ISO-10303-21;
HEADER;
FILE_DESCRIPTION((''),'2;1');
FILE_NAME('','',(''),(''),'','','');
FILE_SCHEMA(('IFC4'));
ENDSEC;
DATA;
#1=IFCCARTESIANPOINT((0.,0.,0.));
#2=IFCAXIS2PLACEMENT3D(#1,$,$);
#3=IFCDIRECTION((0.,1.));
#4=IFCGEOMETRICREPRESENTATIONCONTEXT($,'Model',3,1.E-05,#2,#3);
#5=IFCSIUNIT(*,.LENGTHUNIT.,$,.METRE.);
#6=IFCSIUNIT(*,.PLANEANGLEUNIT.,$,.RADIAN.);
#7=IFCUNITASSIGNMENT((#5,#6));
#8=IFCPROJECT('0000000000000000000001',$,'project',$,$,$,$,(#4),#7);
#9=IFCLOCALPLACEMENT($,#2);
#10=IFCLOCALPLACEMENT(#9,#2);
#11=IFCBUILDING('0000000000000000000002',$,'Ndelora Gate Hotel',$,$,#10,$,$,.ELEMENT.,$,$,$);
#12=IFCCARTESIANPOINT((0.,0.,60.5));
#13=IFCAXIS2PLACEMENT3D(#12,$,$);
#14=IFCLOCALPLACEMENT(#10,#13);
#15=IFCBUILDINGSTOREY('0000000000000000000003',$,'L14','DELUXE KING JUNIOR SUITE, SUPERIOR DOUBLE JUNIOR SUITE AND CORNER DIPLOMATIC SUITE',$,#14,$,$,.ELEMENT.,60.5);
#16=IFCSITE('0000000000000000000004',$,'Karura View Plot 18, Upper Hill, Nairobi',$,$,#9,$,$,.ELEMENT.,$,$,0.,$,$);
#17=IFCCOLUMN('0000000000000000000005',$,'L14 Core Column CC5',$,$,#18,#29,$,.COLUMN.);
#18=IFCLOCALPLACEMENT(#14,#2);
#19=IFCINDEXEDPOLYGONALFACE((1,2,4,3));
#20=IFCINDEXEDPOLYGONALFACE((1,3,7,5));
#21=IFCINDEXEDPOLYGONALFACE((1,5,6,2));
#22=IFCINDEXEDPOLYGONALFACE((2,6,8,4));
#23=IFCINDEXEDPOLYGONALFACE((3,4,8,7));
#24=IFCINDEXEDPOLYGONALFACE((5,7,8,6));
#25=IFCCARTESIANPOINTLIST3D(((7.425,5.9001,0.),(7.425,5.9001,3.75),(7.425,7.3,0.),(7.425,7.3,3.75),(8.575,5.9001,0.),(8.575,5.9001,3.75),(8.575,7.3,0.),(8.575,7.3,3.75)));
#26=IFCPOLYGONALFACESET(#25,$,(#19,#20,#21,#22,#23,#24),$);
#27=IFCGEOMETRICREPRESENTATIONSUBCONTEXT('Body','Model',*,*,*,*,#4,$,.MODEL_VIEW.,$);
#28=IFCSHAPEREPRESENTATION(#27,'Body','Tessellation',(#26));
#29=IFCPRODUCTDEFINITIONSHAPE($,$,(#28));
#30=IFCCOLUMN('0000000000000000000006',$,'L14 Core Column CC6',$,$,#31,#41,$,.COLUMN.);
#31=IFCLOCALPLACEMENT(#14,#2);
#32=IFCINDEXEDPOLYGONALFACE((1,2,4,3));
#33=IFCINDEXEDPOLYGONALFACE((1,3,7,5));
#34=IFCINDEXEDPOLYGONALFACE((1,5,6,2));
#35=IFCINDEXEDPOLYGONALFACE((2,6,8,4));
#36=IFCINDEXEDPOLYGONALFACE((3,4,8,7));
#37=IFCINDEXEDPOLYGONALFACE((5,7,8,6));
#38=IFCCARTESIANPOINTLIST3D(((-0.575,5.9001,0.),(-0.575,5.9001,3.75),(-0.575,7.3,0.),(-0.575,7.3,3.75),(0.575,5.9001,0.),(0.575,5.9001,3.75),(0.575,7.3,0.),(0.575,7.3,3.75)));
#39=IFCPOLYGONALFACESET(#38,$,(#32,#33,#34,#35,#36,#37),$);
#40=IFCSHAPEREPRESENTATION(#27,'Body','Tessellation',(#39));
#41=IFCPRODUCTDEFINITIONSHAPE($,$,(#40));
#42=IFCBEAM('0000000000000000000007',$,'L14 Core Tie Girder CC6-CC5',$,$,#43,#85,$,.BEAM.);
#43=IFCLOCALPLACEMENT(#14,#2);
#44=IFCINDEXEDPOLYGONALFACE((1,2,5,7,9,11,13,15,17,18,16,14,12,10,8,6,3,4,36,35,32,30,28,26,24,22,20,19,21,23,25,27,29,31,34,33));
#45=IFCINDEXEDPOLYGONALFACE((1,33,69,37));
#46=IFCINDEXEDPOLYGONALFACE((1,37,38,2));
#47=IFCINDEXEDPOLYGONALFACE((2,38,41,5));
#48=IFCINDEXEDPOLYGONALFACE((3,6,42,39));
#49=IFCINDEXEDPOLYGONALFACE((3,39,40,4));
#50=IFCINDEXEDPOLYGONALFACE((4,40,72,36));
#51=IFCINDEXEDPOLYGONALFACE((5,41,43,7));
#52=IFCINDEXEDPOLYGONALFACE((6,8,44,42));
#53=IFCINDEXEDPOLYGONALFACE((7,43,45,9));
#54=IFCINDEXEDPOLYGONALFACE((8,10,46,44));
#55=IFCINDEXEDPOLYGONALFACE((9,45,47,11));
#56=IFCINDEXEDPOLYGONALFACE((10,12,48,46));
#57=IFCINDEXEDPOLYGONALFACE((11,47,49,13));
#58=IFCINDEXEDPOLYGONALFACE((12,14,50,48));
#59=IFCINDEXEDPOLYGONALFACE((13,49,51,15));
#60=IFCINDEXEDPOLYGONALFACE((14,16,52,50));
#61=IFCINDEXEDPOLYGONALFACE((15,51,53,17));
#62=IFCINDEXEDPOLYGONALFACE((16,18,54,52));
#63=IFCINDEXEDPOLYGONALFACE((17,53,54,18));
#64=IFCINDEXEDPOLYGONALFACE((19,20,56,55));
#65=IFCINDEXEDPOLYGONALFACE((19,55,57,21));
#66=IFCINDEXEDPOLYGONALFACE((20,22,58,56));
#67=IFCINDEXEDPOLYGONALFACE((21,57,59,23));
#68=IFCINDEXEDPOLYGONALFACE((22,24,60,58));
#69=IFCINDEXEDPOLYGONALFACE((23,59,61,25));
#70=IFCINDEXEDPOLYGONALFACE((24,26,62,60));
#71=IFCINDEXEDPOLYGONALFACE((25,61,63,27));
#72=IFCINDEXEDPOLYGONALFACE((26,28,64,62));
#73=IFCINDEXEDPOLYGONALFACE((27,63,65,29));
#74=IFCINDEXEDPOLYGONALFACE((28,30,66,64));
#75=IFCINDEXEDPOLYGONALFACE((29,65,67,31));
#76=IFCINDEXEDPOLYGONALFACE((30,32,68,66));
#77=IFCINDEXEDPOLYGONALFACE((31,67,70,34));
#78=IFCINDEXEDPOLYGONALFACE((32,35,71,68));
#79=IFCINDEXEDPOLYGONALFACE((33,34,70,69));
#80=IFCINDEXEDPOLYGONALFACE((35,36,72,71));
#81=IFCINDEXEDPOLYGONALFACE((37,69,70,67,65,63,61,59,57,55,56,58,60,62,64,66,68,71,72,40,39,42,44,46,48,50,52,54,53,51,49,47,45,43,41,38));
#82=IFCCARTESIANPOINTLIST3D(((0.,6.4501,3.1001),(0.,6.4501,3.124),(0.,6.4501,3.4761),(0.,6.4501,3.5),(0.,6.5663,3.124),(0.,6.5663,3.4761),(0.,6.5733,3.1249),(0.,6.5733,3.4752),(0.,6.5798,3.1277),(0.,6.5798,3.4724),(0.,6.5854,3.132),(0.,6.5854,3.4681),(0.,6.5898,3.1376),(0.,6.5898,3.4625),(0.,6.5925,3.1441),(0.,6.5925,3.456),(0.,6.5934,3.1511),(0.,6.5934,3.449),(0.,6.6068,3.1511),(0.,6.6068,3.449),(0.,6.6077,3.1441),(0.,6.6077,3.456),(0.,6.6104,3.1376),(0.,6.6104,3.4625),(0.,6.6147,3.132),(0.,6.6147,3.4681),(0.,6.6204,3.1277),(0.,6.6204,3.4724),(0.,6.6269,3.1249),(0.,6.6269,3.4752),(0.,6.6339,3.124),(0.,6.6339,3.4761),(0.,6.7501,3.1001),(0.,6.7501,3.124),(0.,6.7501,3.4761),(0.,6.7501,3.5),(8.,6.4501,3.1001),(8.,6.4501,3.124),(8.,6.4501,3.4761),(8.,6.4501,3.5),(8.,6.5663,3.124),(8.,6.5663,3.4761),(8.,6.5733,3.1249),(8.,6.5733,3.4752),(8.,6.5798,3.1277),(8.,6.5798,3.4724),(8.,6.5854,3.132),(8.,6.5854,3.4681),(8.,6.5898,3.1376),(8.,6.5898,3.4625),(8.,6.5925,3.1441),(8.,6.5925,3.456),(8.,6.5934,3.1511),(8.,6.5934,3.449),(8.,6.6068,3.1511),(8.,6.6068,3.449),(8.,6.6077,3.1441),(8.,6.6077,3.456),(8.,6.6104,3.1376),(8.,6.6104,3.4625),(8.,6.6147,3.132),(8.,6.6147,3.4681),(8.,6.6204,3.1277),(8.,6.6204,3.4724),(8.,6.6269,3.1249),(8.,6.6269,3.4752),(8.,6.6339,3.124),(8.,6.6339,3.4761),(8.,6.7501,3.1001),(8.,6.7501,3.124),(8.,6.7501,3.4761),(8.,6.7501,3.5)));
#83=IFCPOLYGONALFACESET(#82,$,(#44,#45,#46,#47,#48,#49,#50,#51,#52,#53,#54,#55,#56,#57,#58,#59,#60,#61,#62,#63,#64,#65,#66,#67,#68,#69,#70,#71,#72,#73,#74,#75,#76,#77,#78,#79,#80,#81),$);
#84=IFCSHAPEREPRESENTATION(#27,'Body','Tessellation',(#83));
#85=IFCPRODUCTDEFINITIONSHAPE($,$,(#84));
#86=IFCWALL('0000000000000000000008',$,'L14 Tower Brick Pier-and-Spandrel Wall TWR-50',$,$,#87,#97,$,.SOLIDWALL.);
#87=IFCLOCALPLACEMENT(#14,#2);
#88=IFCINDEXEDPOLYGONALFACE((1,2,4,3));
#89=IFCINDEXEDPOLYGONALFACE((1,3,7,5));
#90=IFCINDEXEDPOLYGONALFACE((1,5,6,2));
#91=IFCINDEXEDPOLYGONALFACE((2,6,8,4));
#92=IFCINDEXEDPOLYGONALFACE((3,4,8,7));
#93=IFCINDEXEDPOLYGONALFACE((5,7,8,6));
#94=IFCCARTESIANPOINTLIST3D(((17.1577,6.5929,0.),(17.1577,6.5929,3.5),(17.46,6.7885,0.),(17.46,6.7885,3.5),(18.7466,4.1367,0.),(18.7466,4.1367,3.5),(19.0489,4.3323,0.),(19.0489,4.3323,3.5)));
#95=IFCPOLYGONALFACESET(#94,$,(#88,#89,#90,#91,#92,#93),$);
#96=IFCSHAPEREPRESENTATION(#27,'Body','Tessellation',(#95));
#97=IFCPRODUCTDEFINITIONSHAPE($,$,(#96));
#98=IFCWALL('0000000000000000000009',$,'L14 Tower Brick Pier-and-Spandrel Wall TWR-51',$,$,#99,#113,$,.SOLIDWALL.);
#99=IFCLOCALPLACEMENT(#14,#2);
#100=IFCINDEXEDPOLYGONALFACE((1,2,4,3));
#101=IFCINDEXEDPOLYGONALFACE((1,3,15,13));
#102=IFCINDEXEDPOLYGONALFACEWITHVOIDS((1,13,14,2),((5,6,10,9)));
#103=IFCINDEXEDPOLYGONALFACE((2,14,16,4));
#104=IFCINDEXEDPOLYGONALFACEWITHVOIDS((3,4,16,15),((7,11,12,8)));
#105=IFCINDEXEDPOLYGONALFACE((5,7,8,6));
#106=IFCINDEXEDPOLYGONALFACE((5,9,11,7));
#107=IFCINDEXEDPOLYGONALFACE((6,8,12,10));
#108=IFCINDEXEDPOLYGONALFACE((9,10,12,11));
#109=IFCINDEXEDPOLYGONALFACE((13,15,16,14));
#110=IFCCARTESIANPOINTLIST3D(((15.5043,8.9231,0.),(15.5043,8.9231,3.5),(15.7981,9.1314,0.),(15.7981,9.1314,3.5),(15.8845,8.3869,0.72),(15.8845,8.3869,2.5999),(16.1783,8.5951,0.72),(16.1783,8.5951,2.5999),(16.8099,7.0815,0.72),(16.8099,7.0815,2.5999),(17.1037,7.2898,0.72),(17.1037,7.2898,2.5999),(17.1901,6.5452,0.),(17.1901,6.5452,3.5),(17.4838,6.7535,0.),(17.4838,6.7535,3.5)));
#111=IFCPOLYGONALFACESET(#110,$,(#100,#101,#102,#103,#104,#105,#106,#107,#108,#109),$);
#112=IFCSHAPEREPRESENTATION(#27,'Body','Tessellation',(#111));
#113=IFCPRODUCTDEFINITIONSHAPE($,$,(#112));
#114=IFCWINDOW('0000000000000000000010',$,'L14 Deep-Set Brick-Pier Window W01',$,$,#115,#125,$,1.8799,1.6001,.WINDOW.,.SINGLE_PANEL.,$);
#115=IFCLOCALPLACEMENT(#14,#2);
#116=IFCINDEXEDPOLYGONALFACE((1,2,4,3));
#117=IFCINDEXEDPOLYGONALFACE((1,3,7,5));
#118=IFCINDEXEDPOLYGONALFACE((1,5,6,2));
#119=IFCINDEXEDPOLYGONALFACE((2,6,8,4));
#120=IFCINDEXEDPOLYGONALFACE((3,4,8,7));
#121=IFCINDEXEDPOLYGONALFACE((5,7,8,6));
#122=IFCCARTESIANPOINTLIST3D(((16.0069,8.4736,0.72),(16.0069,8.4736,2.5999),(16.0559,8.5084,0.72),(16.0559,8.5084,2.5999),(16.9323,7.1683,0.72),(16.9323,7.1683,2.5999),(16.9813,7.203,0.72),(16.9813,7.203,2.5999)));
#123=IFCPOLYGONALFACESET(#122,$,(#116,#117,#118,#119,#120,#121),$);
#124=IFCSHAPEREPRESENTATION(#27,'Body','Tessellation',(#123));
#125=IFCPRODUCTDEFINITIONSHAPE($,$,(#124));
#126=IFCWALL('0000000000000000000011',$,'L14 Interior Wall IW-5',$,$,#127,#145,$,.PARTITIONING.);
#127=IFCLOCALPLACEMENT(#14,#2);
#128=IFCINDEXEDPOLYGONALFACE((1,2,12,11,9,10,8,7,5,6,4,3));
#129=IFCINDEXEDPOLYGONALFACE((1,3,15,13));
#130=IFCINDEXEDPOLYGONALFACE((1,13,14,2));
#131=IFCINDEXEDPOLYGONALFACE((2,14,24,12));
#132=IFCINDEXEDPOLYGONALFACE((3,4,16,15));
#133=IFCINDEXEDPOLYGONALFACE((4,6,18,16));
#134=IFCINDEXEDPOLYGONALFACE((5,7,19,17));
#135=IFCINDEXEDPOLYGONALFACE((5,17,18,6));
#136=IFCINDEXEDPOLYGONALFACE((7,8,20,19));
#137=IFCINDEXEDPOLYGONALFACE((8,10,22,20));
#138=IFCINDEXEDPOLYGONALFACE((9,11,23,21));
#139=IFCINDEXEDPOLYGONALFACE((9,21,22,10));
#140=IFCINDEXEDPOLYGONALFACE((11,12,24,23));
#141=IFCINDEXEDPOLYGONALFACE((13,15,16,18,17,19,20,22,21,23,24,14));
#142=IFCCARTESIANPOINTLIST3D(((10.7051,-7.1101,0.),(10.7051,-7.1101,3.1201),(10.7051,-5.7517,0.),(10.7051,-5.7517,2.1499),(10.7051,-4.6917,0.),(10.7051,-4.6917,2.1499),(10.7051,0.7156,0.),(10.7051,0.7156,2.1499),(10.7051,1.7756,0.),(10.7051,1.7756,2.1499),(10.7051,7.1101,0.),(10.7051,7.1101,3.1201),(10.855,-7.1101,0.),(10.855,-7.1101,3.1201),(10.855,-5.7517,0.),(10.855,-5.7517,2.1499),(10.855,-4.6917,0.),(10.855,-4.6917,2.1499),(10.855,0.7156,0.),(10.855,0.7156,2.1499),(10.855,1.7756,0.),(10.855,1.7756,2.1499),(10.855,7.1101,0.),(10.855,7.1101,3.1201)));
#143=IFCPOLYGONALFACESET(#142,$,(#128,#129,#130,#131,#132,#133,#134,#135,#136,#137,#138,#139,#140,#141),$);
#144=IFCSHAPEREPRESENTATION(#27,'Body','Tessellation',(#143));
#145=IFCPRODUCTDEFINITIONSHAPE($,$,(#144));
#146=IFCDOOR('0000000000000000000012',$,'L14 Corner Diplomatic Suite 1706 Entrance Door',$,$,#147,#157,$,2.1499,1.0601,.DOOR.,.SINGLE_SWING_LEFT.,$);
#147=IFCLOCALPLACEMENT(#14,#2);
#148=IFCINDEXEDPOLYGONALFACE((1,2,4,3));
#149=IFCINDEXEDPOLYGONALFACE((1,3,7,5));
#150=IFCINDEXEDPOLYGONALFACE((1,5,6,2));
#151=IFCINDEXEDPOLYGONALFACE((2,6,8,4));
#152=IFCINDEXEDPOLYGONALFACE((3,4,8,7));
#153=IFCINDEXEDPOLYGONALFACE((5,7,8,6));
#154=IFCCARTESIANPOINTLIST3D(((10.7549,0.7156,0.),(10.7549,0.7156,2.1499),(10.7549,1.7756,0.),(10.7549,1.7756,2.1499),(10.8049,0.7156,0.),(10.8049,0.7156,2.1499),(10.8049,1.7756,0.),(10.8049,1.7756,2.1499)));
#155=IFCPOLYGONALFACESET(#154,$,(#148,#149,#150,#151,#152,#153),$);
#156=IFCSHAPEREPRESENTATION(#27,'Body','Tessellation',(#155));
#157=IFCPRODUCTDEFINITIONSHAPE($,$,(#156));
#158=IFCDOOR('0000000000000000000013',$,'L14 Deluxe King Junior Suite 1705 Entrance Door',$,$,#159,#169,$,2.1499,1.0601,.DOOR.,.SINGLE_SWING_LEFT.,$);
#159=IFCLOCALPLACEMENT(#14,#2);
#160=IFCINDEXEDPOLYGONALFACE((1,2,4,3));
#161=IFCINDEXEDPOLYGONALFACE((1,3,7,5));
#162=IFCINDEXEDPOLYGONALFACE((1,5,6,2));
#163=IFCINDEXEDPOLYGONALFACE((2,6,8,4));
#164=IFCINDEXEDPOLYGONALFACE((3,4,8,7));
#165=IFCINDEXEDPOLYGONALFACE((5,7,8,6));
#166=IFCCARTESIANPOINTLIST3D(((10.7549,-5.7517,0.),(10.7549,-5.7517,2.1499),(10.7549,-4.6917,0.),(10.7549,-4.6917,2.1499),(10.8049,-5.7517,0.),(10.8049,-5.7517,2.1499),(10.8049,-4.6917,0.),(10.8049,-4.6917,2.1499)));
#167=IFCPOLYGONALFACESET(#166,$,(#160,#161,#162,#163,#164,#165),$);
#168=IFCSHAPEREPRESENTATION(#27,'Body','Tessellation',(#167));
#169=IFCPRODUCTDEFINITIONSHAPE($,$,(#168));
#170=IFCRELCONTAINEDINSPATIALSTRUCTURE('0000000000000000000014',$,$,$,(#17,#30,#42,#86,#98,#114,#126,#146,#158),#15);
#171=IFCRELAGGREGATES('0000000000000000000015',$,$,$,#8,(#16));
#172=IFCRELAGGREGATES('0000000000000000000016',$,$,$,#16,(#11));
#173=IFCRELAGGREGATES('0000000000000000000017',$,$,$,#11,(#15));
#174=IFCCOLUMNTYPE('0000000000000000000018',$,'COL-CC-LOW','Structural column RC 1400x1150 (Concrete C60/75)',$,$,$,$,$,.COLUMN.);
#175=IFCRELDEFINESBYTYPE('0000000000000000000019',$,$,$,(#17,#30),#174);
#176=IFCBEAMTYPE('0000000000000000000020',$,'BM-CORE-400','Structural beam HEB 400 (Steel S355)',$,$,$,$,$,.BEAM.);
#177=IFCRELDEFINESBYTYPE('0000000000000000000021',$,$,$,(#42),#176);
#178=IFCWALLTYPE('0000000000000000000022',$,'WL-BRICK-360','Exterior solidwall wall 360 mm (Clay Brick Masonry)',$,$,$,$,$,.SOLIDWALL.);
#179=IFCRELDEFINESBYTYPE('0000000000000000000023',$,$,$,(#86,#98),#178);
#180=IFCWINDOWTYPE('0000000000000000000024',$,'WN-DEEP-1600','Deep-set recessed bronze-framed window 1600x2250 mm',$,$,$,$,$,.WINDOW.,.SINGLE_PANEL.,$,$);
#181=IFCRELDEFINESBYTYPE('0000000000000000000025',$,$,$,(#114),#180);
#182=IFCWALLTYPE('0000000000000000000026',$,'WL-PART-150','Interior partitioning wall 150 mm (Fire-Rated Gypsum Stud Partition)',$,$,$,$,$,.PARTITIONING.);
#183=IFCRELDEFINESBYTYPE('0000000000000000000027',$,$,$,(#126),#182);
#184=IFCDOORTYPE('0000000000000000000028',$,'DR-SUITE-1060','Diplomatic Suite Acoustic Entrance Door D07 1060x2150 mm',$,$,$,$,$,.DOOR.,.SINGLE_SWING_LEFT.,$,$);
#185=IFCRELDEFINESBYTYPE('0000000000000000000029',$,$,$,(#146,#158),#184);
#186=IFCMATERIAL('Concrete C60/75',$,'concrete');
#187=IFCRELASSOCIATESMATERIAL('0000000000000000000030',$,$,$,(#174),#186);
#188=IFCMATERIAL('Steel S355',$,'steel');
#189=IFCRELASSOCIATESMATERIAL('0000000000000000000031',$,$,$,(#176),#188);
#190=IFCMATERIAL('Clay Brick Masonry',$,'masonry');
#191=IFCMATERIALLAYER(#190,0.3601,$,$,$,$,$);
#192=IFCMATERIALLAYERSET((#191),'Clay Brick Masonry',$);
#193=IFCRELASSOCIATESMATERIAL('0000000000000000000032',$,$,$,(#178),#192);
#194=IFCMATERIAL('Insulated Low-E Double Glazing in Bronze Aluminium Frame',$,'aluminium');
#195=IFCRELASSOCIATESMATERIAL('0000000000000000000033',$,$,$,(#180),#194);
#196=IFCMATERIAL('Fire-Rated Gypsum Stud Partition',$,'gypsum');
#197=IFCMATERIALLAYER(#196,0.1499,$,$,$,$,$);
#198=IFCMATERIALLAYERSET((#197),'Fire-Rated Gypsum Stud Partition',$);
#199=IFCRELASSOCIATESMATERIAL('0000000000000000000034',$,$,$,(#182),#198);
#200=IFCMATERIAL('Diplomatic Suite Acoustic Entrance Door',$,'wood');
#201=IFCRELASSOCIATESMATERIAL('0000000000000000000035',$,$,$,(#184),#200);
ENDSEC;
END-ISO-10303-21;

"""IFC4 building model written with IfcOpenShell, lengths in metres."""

from ifc_helpers import new_model, si_unit, direction, frame, frame_2d, origin, origin_2d, place, context, subcontext, project, spatial, rectangle, i_section, extrude, material, layer, layer_set, material_profile, profile_set, type_object, element, fill, save


model = new_model("IFC4")

# Units and contexts
model_context = context("Model", 3, precision=1e-05, world=origin(), true_north=direction((0.0, 1.0)))
body_context = subcontext(model_context, "Body", "Model", "MODEL_VIEW")
ifc_project = project(units=[si_unit("LENGTHUNIT", "METRE"), si_unit("PLANEANGLEUNIT", "RADIAN")], contexts=[model_context])

# Site, building, storey
site_placement = place(None, origin())
site = spatial("IfcSite", under=ifc_project, at=site_placement, Name="Karura View Plot 18, Upper Hill, Nairobi", CompositionType="ELEMENT", RefElevation=0.0)
building_placement = place(site_placement, origin())
building = spatial("IfcBuilding", under=site, at=building_placement, Name="Ndelora Gate Hotel", CompositionType="ELEMENT")
storey_placement = place(building_placement, frame((0.0, 0.0, 60.5)))
storey = spatial("IfcBuildingStorey", under=building, at=storey_placement, Name="L14", Description="DELUXE KING JUNIOR SUITE, SUPERIOR DOUBLE JUNIOR SUITE AND CORNER DIPLOMATIC SUITE", CompositionType="ELEMENT", Elevation=60.5)

# Columns
ifc_material_1 = material(Name="Concrete C60/75", Category="concrete")
ifc_material_profile_1 = material_profile(ifc_material_1, rectangle(XDim=1.1499, YDim=1.3999, at=origin_2d()), Name="RC 1400x1150")
ifc_profile_set_1 = profile_set([ifc_material_profile_1], Name="Concrete C60/75")
column_type = type_object("IfcColumnType", Name="COL-CC-LOW", Description="Structural column RC 1400x1150 (Concrete C60/75)", PredefinedType="COLUMN", material=ifc_profile_set_1)
for number, where, z_axis, x_axis, name in (
    (1, (8.0, 6.6001, 0.0), (0.0, 0.0, 1.0), (1.0, 0.0, 0.0), "L14 Core Column CC5"),
    (2, (0.0, 6.6001, 0.0), (0.0, 0.0, 1.0), (1.0, 0.0, 0.0), "L14 Core Column CC6"),
):
    element("IfcColumn", number, at=place(storey_placement, frame(where, z_axis=z_axis, x_axis=x_axis)), inside=storey, type_object=column_type, Name=name, PredefinedType="COLUMN", context=body_context, shape_type="SweptSolid", body=[
        extrude(rectangle(XDim=1.1499, YDim=1.3999, at=origin_2d()), origin(), (0.0, 0.0, 1.0), 3.75),
    ])

# Beam
ifc_material_2 = material(Name="Steel S355", Category="steel")
ifc_material_profile_2 = material_profile(ifc_material_2, i_section(OverallWidth=0.3, OverallDepth=0.3999, WebThickness=0.0134, FlangeThickness=0.0239, FilletRadius=0.0271, at=origin_2d()), Name="HEB 400")
ifc_profile_set_2 = profile_set([ifc_material_profile_2], Name="Steel S355")
beam_type = type_object("IfcBeamType", Name="BM-CORE-400", Description="Structural beam HEB 400 (Steel S355)", PredefinedType="BEAM", material=ifc_profile_set_2)
beam_placement = place(storey_placement, frame((0.0, 6.6001, 3.3), z_axis=(1.0, 0.0, 0.0), x_axis=(0.0, 1.0, 0.0)))
element("IfcBeam", 3, at=beam_placement, inside=storey, type_object=beam_type, Name="L14 Core Tie Girder CC6-CC5", PredefinedType="BEAM", context=body_context, shape_type="SweptSolid", body=[
    extrude(i_section(OverallWidth=0.3, OverallDepth=0.3999, WebThickness=0.0134, FlangeThickness=0.0239, FilletRadius=0.0271, at=origin_2d()), origin(), (0.0, 0.0, 1.0), 8.0),
])

# Wall
ifc_material_3 = material(Name="Clay Brick Masonry", Category="masonry")
ifc_layer_1 = layer(ifc_material_3, 0.3601)
ifc_layer_set_1 = layer_set([ifc_layer_1], Name="Clay Brick Masonry")
wall_type_1 = type_object("IfcWallType", Name="WL-BRICK-360", Description="Exterior solidwall wall 360 mm (Clay Brick Masonry)", PredefinedType="SOLIDWALL", material=ifc_layer_set_1)
wall_1_placement = place(storey_placement, frame((17.3088, 6.6907, 0.0), z_axis=(0.0, 0.0, 1.0), x_axis=(0.543168, -0.839624, 0.0)))
element("IfcWall", 4, at=wall_1_placement, inside=storey, type_object=wall_type_1, Name="L14 Tower Brick Pier-and-Spandrel Wall TWR-50", PredefinedType="SOLIDWALL", context=body_context, shape_type="SweptSolid", body=[
    extrude(rectangle(XDim=2.9253, YDim=0.3601, at=frame_2d((1.4626, 0.0))), origin(), (0.0, 0.0, 1.0), 3.5),
])

# Wall, opening, window
wall_2_placement = place(storey_placement, frame((15.6511, 9.0273, 0.0), z_axis=(0.0, 0.0, 1.0), x_axis=(0.578343, -0.815794, 0.0)))
wall_2 = element("IfcWall", 5, at=wall_2_placement, inside=storey, type_object=wall_type_1, Name="L14 Tower Brick Pier-and-Spandrel Wall TWR-51", PredefinedType="SOLIDWALL", context=body_context, shape_type="SweptSolid", body=[
    extrude(rectangle(XDim=2.9148, YDim=0.3601, at=frame_2d((1.4575, 0.0))), origin(), (0.0, 0.0, 1.0), 3.5),
])
opening_1_placement = place(wall_2_placement, frame((0.6575, 0.0, 0.72)))
opening_1 = element("IfcOpeningElement", 6, at=opening_1_placement, cuts=wall_2, PredefinedType="OPENING", context=body_context, shape_type="SweptSolid", body=[
    extrude(rectangle(XDim=1.6001, YDim=1.8799, at=frame_2d((0.8, 0.9399))), frame((0.0, 0.1899, 0.0), z_axis=(0.0, -1.0, 0.0), x_axis=(1.0, 0.0, 0.0)), (0.0, 0.0, 1.0), 0.3801),
])
ifc_material_4 = material(Name="Insulated Low-E Double Glazing in Bronze Aluminium Frame", Category="aluminium")
window_type = type_object("IfcWindowType", Name="WN-DEEP-1600", Description="Deep-set recessed bronze-framed window 1600x2250 mm", PartitioningType="SINGLE_PANEL", PredefinedType="WINDOW", material=ifc_material_4)
window_placement = place(opening_1_placement, origin())
window = element("IfcWindow", 7, at=window_placement, inside=storey, type_object=window_type, Name="L14 Deep-Set Brick-Pier Window W01", OverallHeight=1.8799, OverallWidth=1.6001, PartitioningType="SINGLE_PANEL", PredefinedType="WINDOW", context=body_context, shape_type="SweptSolid", body=[
    extrude(rectangle(XDim=1.6001, YDim=1.8799, at=frame_2d((0.8, 0.9399))), frame((0.0, 0.03, 0.0), z_axis=(0.0, -1.0, 0.0), x_axis=(1.0, 0.0, 0.0)), (0.0, 0.0, 1.0), 0.0601),
])
fill(opening_1, window)

# Wall, openings, doors
ifc_material_5 = material(Name="Fire-Rated Gypsum Stud Partition", Category="gypsum")
ifc_layer_2 = layer(ifc_material_5, 0.1499)
ifc_layer_set_2 = layer_set([ifc_layer_2], Name="Fire-Rated Gypsum Stud Partition")
wall_type_2 = type_object("IfcWallType", Name="WL-PART-150", Description="Interior partitioning wall 150 mm (Fire-Rated Gypsum Stud Partition)", PredefinedType="PARTITIONING", material=ifc_layer_set_2)
wall_3_placement = place(storey_placement, frame((10.78, 7.1101, 0.0), z_axis=(0.0, 0.0, 1.0), x_axis=(0.0, -1.0, 0.0)))
wall_3 = element("IfcWall", 8, at=wall_3_placement, inside=storey, type_object=wall_type_2, Name="L14 Interior Wall IW-5", PredefinedType="PARTITIONING", context=body_context, shape_type="SweptSolid", body=[
    extrude(rectangle(XDim=14.2202, YDim=0.1499, at=frame_2d((7.1101, 0.0))), origin(), (0.0, 0.0, 1.0), 3.1201),
])
opening_2_placement = place(wall_3_placement, frame((5.3345, 0.0, 0.0)))
opening_2 = element("IfcOpeningElement", 9, at=opening_2_placement, cuts=wall_3, PredefinedType="OPENING", context=body_context, shape_type="SweptSolid", body=[
    extrude(rectangle(XDim=1.0601, YDim=2.1499, at=frame_2d((0.53, 1.075))), frame((0.0, 0.085, 0.0), z_axis=(0.0, -1.0, 0.0), x_axis=(1.0, 0.0, 0.0)), (0.0, 0.0, 1.0), 0.1699),
])
opening_3_placement = place(wall_3_placement, frame((11.8018, 0.0, 0.0)))
opening_3 = element("IfcOpeningElement", 10, at=opening_3_placement, cuts=wall_3, PredefinedType="OPENING", context=body_context, shape_type="SweptSolid", body=[
    extrude(rectangle(XDim=1.0601, YDim=2.1499, at=frame_2d((0.53, 1.075))), frame((0.0, 0.085, 0.0), z_axis=(0.0, -1.0, 0.0), x_axis=(1.0, 0.0, 0.0)), (0.0, 0.0, 1.0), 0.1699),
])
ifc_material_6 = material(Name="Diplomatic Suite Acoustic Entrance Door", Category="wood")
door_type_1 = type_object("IfcDoorType", Name="DR-SUITE-1060", Description="Diplomatic Suite Acoustic Entrance Door D07 1060x2150 mm", OperationType="SINGLE_SWING_LEFT", PredefinedType="DOOR", material=ifc_material_6)
door_1_placement = place(opening_2_placement, origin())
door_1 = element("IfcDoor", 11, at=door_1_placement, inside=storey, type_object=door_type_1, Name="L14 Corner Diplomatic Suite 1706 Entrance Door", OperationType="SINGLE_SWING_LEFT", OverallHeight=2.1499, OverallWidth=1.0601, PredefinedType="DOOR", context=body_context, shape_type="SweptSolid", body=[
    extrude(rectangle(XDim=1.0601, YDim=2.1499, at=frame_2d((0.53, 1.075))), frame((0.0, 0.0249, 0.0), z_axis=(0.0, -1.0, 0.0), x_axis=(1.0, 0.0, 0.0)), (0.0, 0.0, 1.0), 0.05),
])
fill(opening_2, door_1)
door_2_placement = place(opening_3_placement, origin())
door_2 = element("IfcDoor", 12, at=door_2_placement, inside=storey, type_object=door_type_1, Name="L14 Deluxe King Junior Suite 1705 Entrance Door", OperationType="SINGLE_SWING_LEFT", OverallHeight=2.1499, OverallWidth=1.0601, PredefinedType="DOOR", context=body_context, shape_type="SweptSolid", body=[
    extrude(rectangle(XDim=1.0601, YDim=2.1499, at=frame_2d((0.53, 1.075))), frame((0.0, 0.0249, 0.0), z_axis=(0.0, -1.0, 0.0), x_axis=(1.0, 0.0, 0.0)), (0.0, 0.0, 1.0), 0.05),
])
fill(opening_3, door_2)

save(model, "model.ifc")
